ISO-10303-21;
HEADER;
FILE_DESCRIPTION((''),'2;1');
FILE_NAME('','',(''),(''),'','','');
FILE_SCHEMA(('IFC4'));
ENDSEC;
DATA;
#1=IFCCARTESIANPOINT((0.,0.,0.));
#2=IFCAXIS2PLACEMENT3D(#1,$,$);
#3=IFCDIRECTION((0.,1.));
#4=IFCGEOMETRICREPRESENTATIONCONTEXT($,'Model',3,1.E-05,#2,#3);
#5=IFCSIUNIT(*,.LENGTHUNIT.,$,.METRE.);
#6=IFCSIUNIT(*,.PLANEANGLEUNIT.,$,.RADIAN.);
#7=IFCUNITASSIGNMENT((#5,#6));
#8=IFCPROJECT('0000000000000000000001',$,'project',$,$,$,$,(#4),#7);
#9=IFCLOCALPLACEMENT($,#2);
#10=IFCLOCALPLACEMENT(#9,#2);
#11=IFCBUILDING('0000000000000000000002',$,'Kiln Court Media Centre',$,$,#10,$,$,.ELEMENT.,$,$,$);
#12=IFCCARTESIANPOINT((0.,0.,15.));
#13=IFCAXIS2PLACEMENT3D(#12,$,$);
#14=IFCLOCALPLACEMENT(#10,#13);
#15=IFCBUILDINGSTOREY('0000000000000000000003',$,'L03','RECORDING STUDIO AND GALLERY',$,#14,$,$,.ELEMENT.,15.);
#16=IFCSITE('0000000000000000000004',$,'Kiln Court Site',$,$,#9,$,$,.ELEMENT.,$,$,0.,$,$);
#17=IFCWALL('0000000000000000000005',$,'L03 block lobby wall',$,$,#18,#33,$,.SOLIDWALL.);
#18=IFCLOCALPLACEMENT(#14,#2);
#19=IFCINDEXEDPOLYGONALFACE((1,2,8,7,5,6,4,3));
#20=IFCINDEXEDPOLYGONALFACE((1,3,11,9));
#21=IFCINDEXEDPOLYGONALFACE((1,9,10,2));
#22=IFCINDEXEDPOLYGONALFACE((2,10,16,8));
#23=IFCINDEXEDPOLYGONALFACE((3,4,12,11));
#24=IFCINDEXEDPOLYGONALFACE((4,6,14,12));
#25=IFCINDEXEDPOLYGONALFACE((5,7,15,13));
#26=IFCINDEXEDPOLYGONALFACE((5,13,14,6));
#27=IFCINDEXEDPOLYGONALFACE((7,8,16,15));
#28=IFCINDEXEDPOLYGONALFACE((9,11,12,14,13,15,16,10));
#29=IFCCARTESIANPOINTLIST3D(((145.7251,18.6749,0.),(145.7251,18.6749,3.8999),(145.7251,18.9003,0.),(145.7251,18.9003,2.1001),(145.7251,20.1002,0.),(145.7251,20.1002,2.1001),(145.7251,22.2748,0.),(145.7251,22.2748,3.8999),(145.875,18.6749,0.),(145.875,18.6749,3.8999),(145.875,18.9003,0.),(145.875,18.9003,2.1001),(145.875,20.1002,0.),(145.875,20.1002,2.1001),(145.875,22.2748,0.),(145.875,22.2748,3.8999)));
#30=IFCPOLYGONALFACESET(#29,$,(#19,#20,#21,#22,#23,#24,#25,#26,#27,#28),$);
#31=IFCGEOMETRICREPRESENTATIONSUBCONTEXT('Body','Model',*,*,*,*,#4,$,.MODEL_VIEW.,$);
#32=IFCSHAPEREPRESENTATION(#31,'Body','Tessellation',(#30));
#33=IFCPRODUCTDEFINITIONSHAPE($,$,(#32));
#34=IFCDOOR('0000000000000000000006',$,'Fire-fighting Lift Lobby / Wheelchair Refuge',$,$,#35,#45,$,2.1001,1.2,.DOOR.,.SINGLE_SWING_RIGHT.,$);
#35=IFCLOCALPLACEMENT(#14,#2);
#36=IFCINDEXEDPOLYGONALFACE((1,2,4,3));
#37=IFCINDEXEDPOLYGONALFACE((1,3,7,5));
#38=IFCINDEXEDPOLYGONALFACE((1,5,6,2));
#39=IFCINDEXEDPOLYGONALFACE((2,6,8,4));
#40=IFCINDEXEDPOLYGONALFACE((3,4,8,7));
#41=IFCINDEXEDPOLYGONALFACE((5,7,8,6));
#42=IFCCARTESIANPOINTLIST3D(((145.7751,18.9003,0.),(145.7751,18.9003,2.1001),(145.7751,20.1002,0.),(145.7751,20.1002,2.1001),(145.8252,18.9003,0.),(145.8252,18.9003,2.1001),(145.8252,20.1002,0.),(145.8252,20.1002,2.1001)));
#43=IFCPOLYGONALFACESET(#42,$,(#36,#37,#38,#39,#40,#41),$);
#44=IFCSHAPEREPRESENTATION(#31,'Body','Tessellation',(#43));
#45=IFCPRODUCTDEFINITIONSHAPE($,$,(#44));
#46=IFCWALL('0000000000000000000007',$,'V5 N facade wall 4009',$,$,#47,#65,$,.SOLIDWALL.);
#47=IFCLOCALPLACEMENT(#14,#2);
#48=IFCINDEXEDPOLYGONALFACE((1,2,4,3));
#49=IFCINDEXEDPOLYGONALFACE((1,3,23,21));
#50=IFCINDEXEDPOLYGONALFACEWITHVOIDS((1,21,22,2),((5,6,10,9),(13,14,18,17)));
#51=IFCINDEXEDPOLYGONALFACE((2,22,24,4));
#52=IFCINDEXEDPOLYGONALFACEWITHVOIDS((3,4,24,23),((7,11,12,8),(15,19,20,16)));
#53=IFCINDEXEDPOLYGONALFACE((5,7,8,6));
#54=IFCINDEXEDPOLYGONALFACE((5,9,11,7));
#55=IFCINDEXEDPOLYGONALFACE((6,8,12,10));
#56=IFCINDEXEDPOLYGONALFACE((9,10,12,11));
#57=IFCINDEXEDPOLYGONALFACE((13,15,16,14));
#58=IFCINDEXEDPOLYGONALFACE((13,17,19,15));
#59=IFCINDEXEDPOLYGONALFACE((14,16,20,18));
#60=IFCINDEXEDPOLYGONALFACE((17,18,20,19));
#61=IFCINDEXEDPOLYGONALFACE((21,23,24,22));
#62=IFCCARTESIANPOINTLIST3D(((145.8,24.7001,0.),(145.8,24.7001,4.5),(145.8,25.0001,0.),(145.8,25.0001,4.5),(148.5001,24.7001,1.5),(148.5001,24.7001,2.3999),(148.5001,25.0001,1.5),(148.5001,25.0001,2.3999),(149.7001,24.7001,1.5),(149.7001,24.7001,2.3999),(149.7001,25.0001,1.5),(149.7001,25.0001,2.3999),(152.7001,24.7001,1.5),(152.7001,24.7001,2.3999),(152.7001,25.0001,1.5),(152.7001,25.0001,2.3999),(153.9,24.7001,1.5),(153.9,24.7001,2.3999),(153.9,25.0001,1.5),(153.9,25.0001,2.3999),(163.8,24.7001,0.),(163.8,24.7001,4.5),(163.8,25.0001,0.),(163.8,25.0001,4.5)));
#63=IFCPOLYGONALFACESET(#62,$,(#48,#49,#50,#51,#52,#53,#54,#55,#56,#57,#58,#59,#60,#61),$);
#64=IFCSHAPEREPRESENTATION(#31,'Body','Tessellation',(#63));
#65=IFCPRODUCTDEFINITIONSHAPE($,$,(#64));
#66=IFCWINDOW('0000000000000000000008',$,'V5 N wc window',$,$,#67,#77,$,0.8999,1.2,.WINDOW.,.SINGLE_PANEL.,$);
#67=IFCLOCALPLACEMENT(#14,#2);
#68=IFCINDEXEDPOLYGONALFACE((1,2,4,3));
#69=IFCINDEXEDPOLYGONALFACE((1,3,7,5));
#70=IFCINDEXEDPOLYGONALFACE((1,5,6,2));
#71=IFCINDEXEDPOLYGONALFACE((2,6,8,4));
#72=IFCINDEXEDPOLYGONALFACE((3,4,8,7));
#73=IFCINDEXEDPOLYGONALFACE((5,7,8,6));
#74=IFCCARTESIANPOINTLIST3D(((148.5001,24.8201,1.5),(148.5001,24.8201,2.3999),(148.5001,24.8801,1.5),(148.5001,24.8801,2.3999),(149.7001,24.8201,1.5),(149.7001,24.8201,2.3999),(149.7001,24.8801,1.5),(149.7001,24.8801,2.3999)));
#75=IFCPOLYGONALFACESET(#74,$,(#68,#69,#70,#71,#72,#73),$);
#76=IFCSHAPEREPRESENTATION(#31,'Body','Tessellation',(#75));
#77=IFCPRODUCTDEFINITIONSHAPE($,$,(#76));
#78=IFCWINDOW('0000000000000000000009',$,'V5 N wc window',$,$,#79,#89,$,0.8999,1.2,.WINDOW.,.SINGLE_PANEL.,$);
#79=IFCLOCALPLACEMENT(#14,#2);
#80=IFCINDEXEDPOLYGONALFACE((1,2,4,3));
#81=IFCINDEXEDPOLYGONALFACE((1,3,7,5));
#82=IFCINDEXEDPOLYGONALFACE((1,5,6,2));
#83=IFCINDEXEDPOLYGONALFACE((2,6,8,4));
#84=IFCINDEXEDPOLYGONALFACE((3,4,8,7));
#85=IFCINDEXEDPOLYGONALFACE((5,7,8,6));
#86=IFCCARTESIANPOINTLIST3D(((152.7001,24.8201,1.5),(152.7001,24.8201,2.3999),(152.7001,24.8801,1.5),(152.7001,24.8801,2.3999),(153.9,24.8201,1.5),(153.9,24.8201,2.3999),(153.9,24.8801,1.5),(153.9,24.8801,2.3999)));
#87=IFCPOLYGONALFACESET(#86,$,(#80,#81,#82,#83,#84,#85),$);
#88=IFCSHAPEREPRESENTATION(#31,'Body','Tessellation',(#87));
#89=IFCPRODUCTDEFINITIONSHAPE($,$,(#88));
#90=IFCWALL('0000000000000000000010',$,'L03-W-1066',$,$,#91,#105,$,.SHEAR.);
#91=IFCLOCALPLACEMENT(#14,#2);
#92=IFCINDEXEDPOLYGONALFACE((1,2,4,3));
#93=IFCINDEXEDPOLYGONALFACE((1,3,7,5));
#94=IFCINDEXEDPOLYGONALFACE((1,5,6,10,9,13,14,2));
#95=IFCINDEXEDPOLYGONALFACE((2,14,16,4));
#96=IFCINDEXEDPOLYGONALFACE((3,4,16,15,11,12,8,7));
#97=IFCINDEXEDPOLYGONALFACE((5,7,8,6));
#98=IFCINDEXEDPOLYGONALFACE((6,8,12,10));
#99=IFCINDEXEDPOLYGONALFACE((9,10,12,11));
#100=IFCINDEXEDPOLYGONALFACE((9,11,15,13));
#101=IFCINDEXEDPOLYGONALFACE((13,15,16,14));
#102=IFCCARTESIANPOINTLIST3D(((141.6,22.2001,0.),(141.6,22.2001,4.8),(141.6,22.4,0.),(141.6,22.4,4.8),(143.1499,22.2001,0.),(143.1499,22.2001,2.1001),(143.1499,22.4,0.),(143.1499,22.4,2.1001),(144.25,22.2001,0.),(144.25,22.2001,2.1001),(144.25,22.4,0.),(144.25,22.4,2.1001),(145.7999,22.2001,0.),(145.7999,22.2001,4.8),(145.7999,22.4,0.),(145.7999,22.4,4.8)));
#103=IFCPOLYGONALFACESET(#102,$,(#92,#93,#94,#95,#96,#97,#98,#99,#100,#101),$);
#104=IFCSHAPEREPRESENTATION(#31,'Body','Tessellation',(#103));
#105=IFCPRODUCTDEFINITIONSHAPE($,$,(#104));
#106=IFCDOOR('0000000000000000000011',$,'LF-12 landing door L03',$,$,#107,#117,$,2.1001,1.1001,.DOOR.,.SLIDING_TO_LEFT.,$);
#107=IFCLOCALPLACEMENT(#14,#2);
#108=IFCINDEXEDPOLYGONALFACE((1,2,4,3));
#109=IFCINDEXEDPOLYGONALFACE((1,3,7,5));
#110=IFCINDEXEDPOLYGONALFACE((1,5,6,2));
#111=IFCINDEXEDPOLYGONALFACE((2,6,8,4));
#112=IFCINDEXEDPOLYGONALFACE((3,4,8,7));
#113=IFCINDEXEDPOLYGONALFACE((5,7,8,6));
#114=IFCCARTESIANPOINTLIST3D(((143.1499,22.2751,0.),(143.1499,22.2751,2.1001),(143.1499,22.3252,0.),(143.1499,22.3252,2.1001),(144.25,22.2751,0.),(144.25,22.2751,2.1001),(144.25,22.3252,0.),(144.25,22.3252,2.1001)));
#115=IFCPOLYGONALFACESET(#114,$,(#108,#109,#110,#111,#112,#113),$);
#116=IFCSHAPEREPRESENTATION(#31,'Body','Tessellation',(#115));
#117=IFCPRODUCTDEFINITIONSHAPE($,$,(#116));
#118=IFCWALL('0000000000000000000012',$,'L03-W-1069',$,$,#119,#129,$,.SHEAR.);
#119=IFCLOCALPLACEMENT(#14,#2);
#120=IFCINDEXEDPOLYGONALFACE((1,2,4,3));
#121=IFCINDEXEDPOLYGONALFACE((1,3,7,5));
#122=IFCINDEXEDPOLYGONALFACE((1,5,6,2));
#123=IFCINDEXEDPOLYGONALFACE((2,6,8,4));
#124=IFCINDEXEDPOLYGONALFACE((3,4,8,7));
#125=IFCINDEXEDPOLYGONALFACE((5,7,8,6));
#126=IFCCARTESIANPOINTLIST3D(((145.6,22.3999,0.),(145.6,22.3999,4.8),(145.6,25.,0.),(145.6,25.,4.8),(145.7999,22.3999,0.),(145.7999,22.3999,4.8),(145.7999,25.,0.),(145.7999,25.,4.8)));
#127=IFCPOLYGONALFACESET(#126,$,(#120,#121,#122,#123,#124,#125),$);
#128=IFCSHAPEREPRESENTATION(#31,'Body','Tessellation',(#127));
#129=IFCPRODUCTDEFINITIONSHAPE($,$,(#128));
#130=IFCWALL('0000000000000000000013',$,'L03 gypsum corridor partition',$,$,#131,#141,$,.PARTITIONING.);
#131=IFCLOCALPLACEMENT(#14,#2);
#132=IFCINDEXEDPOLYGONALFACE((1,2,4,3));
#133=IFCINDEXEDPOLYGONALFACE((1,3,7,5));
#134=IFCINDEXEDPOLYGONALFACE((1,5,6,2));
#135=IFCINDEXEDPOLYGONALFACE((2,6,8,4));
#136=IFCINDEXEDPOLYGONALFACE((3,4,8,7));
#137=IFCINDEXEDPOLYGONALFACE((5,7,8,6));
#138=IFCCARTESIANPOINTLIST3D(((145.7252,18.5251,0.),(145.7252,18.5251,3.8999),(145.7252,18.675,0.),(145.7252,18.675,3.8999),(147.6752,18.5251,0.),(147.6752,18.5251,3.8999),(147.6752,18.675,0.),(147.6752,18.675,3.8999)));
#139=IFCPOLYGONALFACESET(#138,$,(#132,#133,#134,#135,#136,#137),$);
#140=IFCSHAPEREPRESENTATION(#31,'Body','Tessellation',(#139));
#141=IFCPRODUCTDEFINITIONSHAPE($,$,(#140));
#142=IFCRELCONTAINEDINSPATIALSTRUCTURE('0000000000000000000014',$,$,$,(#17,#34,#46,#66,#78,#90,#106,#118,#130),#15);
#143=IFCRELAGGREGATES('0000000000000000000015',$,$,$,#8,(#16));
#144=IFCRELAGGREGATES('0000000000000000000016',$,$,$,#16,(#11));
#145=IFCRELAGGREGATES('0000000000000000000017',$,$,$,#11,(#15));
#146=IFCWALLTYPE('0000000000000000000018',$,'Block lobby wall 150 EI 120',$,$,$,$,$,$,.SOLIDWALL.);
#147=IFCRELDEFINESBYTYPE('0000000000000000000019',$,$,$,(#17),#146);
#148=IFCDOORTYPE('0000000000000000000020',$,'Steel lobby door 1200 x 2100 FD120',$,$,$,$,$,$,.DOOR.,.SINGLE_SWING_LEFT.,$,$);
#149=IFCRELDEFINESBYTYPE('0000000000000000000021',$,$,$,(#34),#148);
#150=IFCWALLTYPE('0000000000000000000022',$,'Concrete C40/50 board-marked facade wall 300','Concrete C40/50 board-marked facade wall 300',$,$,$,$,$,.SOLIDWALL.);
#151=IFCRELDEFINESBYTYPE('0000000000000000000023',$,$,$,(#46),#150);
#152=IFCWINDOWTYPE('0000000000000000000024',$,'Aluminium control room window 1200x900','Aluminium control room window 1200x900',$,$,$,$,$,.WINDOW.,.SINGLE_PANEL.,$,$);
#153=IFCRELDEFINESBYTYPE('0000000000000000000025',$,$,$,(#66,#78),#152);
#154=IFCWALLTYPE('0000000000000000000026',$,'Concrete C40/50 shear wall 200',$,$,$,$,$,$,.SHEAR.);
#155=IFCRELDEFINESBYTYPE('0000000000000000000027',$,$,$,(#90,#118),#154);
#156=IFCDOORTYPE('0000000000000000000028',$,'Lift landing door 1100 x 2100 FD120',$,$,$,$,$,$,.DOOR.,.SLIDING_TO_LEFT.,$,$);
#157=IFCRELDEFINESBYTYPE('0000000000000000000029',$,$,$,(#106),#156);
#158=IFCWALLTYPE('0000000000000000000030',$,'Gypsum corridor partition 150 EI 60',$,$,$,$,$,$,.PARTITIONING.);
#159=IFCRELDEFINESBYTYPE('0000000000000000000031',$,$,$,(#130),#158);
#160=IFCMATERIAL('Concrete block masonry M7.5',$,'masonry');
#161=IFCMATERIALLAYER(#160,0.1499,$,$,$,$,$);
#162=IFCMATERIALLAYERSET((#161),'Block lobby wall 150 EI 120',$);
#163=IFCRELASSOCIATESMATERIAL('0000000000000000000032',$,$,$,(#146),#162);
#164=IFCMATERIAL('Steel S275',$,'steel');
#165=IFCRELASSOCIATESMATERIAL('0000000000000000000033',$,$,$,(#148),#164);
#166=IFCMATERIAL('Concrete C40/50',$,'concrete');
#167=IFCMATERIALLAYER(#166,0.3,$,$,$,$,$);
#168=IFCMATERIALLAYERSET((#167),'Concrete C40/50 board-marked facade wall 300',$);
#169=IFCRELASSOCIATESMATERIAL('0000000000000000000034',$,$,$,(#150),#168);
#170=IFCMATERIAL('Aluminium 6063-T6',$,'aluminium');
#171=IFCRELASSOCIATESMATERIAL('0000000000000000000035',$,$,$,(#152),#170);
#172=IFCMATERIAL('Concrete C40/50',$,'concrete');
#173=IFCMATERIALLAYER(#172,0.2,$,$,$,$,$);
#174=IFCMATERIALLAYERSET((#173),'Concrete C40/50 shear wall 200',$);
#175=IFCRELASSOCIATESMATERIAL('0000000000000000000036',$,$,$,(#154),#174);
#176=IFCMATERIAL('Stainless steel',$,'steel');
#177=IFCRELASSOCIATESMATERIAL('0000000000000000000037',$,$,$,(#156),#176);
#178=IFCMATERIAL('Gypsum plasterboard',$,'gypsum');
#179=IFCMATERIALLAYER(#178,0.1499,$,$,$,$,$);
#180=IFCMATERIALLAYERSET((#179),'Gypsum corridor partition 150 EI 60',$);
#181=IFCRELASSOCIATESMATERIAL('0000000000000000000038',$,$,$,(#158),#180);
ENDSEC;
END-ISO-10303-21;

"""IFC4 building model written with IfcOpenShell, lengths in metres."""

from ifc_helpers import new_model, si_unit, direction, frame, frame_2d, origin, place, context, subcontext, project, spatial, rectangle, extrude, material, layer, layer_set, type_object, element, fill, save


model = new_model("IFC4")

# Units and contexts
model_context = context("Model", 3, precision=1e-05, world=origin(), true_north=direction((0.0, 1.0)))
body_context = subcontext(model_context, "Body", "Model", "MODEL_VIEW")
ifc_project = project(units=[si_unit("LENGTHUNIT", "METRE"), si_unit("PLANEANGLEUNIT", "RADIAN")], contexts=[model_context])

# Site, building, storey
site_placement = place(None, origin())
site = spatial("IfcSite", under=ifc_project, at=site_placement, Name="Kiln Court Site", CompositionType="ELEMENT", RefElevation=0.0)
building_placement = place(site_placement, origin())
building = spatial("IfcBuilding", under=site, at=building_placement, Name="Kiln Court Media Centre", CompositionType="ELEMENT")
storey_placement = place(building_placement, frame((0.0, 0.0, 15.0)))
storey = spatial("IfcBuildingStorey", under=building, at=storey_placement, Name="L03", Description="RECORDING STUDIO AND GALLERY", CompositionType="ELEMENT", Elevation=15.0)

# Shared definitions
ifc_material_1 = material(Name="Concrete block masonry M7.5", Category="masonry")
ifc_layer_1 = layer(ifc_material_1, 0.1499)
ifc_layer_set_1 = layer_set([ifc_layer_1], Name="Block lobby wall 150 EI 120")
wall_type_1 = type_object("IfcWallType", Name="Block lobby wall 150 EI 120", PredefinedType="SOLIDWALL", material=ifc_layer_set_1)

# Wall, opening, door
wall_1_placement = place(storey_placement, frame((145.8, 18.675, 0.0), z_axis=(0.0, 0.0, 1.0), x_axis=(0.0, 1.0, 0.0)))
wall_1 = element("IfcWall", 1, at=wall_1_placement, inside=storey, type_object=wall_type_1, Name="L03 block lobby wall", PredefinedType="SOLIDWALL", context=body_context, shape_type="SweptSolid", body=[
    extrude(rectangle(XDim=3.5999, YDim=0.1499, at=frame_2d((1.7998, 0.0))), origin(), (0.0, 0.0, 1.0), 3.8999),
])
opening_1_placement = place(wall_1_placement, frame((0.2251, 0.0, 0.0)))
opening_1 = element("IfcOpeningElement", 2, at=opening_1_placement, cuts=wall_1, PredefinedType="OPENING", context=body_context, shape_type="SweptSolid", body=[
    extrude(rectangle(XDim=1.2, YDim=2.1001, at=frame_2d((0.6001, 1.05))), frame((0.0, 0.085, 0.0), z_axis=(0.0, -1.0, 0.0), x_axis=(1.0, 0.0, 0.0)), (0.0, 0.0, 1.0), 0.1699),
])
ifc_material_2 = material(Name="Steel S275", Category="steel")
door_type_1 = type_object("IfcDoorType", Name="Steel lobby door 1200 x 2100 FD120", OperationType="SINGLE_SWING_LEFT", PredefinedType="DOOR", material=ifc_material_2)
door_1_placement = place(opening_1_placement, origin())
door_1 = element("IfcDoor", 3, at=door_1_placement, inside=storey, type_object=door_type_1, Name="Fire-fighting Lift Lobby / Wheelchair Refuge", OperationType="SINGLE_SWING_RIGHT", OverallHeight=2.1001, OverallWidth=1.2, PredefinedType="DOOR", context=body_context, shape_type="SweptSolid", body=[
    extrude(rectangle(XDim=1.2, YDim=2.1001, at=frame_2d((0.6001, 1.05))), frame((0.0, 0.0249, 0.0), z_axis=(0.0, -1.0, 0.0), x_axis=(1.0, 0.0, 0.0)), (0.0, 0.0, 1.0), 0.05),
])
fill(opening_1, door_1)

# Wall, openings, windows
ifc_material_3 = material(Name="Concrete C40/50", Category="concrete")
ifc_layer_2 = layer(ifc_material_3, 0.3)
ifc_layer_set_2 = layer_set([ifc_layer_2], Name="Concrete C40/50 board-marked facade wall 300")
wall_type_2 = type_object("IfcWallType", Name="Concrete C40/50 board-marked facade wall 300", Description="Concrete C40/50 board-marked facade wall 300", PredefinedType="SOLIDWALL", material=ifc_layer_set_2)
wall_2_placement = place(storey_placement, frame((145.8, 24.8501, 0.0), z_axis=(0.0, 0.0, 1.0), x_axis=(1.0, 0.0, 0.0)))
wall_2 = element("IfcWall", 4, at=wall_2_placement, inside=storey, type_object=wall_type_2, Name="V5 N facade wall 4009", PredefinedType="SOLIDWALL", context=body_context, shape_type="SweptSolid", body=[
    extrude(rectangle(XDim=18.0, YDim=0.3, at=frame_2d((9.0, 0.0))), origin(), (0.0, 0.0, 1.0), 4.5),
])
opening_2_placement = place(wall_2_placement, frame((2.7, 0.0, 1.5)))
opening_2 = element("IfcOpeningElement", 5, at=opening_2_placement, cuts=wall_2, PredefinedType="OPENING", context=body_context, shape_type="SweptSolid", body=[
    extrude(rectangle(XDim=1.2, YDim=0.8999, at=frame_2d((0.6001, 0.45))), frame((0.0, 0.1599, 0.0), z_axis=(0.0, -1.0, 0.0), x_axis=(1.0, 0.0, 0.0)), (0.0, 0.0, 1.0), 0.3201),
])
opening_3_placement = place(wall_2_placement, frame((6.8999, 0.0, 1.5)))
opening_3 = element("IfcOpeningElement", 6, at=opening_3_placement, cuts=wall_2, PredefinedType="OPENING", context=body_context, shape_type="SweptSolid", body=[
    extrude(rectangle(XDim=1.2, YDim=0.8999, at=frame_2d((0.6001, 0.45))), frame((0.0, 0.1599, 0.0), z_axis=(0.0, -1.0, 0.0), x_axis=(1.0, 0.0, 0.0)), (0.0, 0.0, 1.0), 0.3201),
])
ifc_material_4 = material(Name="Aluminium 6063-T6", Category="aluminium")
window_type = type_object("IfcWindowType", Name="Aluminium control room window 1200x900", Description="Aluminium control room window 1200x900", PartitioningType="SINGLE_PANEL", PredefinedType="WINDOW", material=ifc_material_4)
window_1_placement = place(opening_2_placement, origin())
window_1 = element("IfcWindow", 7, at=window_1_placement, inside=storey, type_object=window_type, Name="V5 N wc window", OverallHeight=0.8999, OverallWidth=1.2, PartitioningType="SINGLE_PANEL", PredefinedType="WINDOW", context=body_context, shape_type="SweptSolid", body=[
    extrude(rectangle(XDim=1.2, YDim=0.8999, at=frame_2d((0.6001, 0.45))), frame((0.0, 0.03, 0.0), z_axis=(0.0, -1.0, 0.0), x_axis=(1.0, 0.0, 0.0)), (0.0, 0.0, 1.0), 0.0601),
])
fill(opening_2, window_1)
window_2_placement = place(opening_3_placement, origin())
window_2 = element("IfcWindow", 8, at=window_2_placement, inside=storey, type_object=window_type, Name="V5 N wc window", OverallHeight=0.8999, OverallWidth=1.2, PartitioningType="SINGLE_PANEL", PredefinedType="WINDOW", context=body_context, shape_type="SweptSolid", body=[
    extrude(rectangle(XDim=1.2, YDim=0.8999, at=frame_2d((0.6001, 0.45))), frame((0.0, 0.03, 0.0), z_axis=(0.0, -1.0, 0.0), x_axis=(1.0, 0.0, 0.0)), (0.0, 0.0, 1.0), 0.0601),
])
fill(opening_3, window_2)

# Wall, opening, door
ifc_material_5 = material(Name="Concrete C40/50", Category="concrete")
ifc_layer_3 = layer(ifc_material_5, 0.2)
ifc_layer_set_3 = layer_set([ifc_layer_3], Name="Concrete C40/50 shear wall 200")
wall_type_3 = type_object("IfcWallType", Name="Concrete C40/50 shear wall 200", PredefinedType="SHEAR", material=ifc_layer_set_3)
wall_3_placement = place(storey_placement, frame((145.8, 22.3, 0.0), z_axis=(0.0, 0.0, 1.0), x_axis=(-1.0, 0.0, 0.0)))
wall_3 = element("IfcWall", 9, at=wall_3_placement, inside=storey, type_object=wall_type_3, Name="L03-W-1066", PredefinedType="SHEAR", context=body_context, shape_type="SweptSolid", body=[
    extrude(rectangle(XDim=4.2, YDim=0.2, at=frame_2d((2.1001, 0.0))), origin(), (0.0, 0.0, 1.0), 4.8),
])
opening_4_placement = place(wall_3_placement, frame((1.55, 0.0, 0.0)))
opening_4 = element("IfcOpeningElement", 10, at=opening_4_placement, cuts=wall_3, PredefinedType="OPENING", context=body_context, shape_type="SweptSolid", body=[
    extrude(rectangle(XDim=1.1001, YDim=2.1001, at=frame_2d((0.55, 1.05))), frame((0.0, 0.1099, 0.0), z_axis=(0.0, -1.0, 0.0), x_axis=(1.0, 0.0, 0.0)), (0.0, 0.0, 1.0), 0.22),
])
ifc_material_6 = material(Name="Stainless steel", Category="steel")
door_type_2 = type_object("IfcDoorType", Name="Lift landing door 1100 x 2100 FD120", OperationType="SLIDING_TO_LEFT", PredefinedType="DOOR", material=ifc_material_6)
door_2_placement = place(opening_4_placement, origin())
door_2 = element("IfcDoor", 11, at=door_2_placement, inside=storey, type_object=door_type_2, Name="LF-12 landing door L03", OperationType="SLIDING_TO_LEFT", OverallHeight=2.1001, OverallWidth=1.1001, PredefinedType="DOOR", context=body_context, shape_type="SweptSolid", body=[
    extrude(rectangle(XDim=1.1001, YDim=2.1001, at=frame_2d((0.55, 1.05))), frame((0.0, 0.0249, 0.0), z_axis=(0.0, -1.0, 0.0), x_axis=(1.0, 0.0, 0.0)), (0.0, 0.0, 1.0), 0.05),
])
fill(opening_4, door_2)

# Walls
wall_4_placement = place(storey_placement, frame((145.7, 25.0, 0.0), z_axis=(0.0, 0.0, 1.0), x_axis=(0.0, -1.0, 0.0)))
element("IfcWall", 12, at=wall_4_placement, inside=storey, type_object=wall_type_3, Name="L03-W-1069", PredefinedType="SHEAR", context=body_context, shape_type="SweptSolid", body=[
    extrude(rectangle(XDim=2.6001, YDim=0.2, at=frame_2d((1.3, 0.0))), origin(), (0.0, 0.0, 1.0), 4.8),
])
ifc_material_7 = material(Name="Gypsum plasterboard", Category="gypsum")
ifc_layer_4 = layer(ifc_material_7, 0.1499)
ifc_layer_set_4 = layer_set([ifc_layer_4], Name="Gypsum corridor partition 150 EI 60")
wall_type_4 = type_object("IfcWallType", Name="Gypsum corridor partition 150 EI 60", PredefinedType="PARTITIONING", material=ifc_layer_set_4)
wall_5_placement = place(storey_placement, frame((145.7251, 18.6001, 0.0), z_axis=(0.0, 0.0, 1.0), x_axis=(1.0, 0.0, 0.0)))
element("IfcWall", 13, at=wall_5_placement, inside=storey, type_object=wall_type_4, Name="L03 gypsum corridor partition", PredefinedType="PARTITIONING", context=body_context, shape_type="SweptSolid", body=[
    extrude(rectangle(XDim=1.95, YDim=0.1499, at=frame_2d((0.9751, 0.0))), origin(), (0.0, 0.0, 1.0), 3.8999),
])

save(model, "model.ifc")
